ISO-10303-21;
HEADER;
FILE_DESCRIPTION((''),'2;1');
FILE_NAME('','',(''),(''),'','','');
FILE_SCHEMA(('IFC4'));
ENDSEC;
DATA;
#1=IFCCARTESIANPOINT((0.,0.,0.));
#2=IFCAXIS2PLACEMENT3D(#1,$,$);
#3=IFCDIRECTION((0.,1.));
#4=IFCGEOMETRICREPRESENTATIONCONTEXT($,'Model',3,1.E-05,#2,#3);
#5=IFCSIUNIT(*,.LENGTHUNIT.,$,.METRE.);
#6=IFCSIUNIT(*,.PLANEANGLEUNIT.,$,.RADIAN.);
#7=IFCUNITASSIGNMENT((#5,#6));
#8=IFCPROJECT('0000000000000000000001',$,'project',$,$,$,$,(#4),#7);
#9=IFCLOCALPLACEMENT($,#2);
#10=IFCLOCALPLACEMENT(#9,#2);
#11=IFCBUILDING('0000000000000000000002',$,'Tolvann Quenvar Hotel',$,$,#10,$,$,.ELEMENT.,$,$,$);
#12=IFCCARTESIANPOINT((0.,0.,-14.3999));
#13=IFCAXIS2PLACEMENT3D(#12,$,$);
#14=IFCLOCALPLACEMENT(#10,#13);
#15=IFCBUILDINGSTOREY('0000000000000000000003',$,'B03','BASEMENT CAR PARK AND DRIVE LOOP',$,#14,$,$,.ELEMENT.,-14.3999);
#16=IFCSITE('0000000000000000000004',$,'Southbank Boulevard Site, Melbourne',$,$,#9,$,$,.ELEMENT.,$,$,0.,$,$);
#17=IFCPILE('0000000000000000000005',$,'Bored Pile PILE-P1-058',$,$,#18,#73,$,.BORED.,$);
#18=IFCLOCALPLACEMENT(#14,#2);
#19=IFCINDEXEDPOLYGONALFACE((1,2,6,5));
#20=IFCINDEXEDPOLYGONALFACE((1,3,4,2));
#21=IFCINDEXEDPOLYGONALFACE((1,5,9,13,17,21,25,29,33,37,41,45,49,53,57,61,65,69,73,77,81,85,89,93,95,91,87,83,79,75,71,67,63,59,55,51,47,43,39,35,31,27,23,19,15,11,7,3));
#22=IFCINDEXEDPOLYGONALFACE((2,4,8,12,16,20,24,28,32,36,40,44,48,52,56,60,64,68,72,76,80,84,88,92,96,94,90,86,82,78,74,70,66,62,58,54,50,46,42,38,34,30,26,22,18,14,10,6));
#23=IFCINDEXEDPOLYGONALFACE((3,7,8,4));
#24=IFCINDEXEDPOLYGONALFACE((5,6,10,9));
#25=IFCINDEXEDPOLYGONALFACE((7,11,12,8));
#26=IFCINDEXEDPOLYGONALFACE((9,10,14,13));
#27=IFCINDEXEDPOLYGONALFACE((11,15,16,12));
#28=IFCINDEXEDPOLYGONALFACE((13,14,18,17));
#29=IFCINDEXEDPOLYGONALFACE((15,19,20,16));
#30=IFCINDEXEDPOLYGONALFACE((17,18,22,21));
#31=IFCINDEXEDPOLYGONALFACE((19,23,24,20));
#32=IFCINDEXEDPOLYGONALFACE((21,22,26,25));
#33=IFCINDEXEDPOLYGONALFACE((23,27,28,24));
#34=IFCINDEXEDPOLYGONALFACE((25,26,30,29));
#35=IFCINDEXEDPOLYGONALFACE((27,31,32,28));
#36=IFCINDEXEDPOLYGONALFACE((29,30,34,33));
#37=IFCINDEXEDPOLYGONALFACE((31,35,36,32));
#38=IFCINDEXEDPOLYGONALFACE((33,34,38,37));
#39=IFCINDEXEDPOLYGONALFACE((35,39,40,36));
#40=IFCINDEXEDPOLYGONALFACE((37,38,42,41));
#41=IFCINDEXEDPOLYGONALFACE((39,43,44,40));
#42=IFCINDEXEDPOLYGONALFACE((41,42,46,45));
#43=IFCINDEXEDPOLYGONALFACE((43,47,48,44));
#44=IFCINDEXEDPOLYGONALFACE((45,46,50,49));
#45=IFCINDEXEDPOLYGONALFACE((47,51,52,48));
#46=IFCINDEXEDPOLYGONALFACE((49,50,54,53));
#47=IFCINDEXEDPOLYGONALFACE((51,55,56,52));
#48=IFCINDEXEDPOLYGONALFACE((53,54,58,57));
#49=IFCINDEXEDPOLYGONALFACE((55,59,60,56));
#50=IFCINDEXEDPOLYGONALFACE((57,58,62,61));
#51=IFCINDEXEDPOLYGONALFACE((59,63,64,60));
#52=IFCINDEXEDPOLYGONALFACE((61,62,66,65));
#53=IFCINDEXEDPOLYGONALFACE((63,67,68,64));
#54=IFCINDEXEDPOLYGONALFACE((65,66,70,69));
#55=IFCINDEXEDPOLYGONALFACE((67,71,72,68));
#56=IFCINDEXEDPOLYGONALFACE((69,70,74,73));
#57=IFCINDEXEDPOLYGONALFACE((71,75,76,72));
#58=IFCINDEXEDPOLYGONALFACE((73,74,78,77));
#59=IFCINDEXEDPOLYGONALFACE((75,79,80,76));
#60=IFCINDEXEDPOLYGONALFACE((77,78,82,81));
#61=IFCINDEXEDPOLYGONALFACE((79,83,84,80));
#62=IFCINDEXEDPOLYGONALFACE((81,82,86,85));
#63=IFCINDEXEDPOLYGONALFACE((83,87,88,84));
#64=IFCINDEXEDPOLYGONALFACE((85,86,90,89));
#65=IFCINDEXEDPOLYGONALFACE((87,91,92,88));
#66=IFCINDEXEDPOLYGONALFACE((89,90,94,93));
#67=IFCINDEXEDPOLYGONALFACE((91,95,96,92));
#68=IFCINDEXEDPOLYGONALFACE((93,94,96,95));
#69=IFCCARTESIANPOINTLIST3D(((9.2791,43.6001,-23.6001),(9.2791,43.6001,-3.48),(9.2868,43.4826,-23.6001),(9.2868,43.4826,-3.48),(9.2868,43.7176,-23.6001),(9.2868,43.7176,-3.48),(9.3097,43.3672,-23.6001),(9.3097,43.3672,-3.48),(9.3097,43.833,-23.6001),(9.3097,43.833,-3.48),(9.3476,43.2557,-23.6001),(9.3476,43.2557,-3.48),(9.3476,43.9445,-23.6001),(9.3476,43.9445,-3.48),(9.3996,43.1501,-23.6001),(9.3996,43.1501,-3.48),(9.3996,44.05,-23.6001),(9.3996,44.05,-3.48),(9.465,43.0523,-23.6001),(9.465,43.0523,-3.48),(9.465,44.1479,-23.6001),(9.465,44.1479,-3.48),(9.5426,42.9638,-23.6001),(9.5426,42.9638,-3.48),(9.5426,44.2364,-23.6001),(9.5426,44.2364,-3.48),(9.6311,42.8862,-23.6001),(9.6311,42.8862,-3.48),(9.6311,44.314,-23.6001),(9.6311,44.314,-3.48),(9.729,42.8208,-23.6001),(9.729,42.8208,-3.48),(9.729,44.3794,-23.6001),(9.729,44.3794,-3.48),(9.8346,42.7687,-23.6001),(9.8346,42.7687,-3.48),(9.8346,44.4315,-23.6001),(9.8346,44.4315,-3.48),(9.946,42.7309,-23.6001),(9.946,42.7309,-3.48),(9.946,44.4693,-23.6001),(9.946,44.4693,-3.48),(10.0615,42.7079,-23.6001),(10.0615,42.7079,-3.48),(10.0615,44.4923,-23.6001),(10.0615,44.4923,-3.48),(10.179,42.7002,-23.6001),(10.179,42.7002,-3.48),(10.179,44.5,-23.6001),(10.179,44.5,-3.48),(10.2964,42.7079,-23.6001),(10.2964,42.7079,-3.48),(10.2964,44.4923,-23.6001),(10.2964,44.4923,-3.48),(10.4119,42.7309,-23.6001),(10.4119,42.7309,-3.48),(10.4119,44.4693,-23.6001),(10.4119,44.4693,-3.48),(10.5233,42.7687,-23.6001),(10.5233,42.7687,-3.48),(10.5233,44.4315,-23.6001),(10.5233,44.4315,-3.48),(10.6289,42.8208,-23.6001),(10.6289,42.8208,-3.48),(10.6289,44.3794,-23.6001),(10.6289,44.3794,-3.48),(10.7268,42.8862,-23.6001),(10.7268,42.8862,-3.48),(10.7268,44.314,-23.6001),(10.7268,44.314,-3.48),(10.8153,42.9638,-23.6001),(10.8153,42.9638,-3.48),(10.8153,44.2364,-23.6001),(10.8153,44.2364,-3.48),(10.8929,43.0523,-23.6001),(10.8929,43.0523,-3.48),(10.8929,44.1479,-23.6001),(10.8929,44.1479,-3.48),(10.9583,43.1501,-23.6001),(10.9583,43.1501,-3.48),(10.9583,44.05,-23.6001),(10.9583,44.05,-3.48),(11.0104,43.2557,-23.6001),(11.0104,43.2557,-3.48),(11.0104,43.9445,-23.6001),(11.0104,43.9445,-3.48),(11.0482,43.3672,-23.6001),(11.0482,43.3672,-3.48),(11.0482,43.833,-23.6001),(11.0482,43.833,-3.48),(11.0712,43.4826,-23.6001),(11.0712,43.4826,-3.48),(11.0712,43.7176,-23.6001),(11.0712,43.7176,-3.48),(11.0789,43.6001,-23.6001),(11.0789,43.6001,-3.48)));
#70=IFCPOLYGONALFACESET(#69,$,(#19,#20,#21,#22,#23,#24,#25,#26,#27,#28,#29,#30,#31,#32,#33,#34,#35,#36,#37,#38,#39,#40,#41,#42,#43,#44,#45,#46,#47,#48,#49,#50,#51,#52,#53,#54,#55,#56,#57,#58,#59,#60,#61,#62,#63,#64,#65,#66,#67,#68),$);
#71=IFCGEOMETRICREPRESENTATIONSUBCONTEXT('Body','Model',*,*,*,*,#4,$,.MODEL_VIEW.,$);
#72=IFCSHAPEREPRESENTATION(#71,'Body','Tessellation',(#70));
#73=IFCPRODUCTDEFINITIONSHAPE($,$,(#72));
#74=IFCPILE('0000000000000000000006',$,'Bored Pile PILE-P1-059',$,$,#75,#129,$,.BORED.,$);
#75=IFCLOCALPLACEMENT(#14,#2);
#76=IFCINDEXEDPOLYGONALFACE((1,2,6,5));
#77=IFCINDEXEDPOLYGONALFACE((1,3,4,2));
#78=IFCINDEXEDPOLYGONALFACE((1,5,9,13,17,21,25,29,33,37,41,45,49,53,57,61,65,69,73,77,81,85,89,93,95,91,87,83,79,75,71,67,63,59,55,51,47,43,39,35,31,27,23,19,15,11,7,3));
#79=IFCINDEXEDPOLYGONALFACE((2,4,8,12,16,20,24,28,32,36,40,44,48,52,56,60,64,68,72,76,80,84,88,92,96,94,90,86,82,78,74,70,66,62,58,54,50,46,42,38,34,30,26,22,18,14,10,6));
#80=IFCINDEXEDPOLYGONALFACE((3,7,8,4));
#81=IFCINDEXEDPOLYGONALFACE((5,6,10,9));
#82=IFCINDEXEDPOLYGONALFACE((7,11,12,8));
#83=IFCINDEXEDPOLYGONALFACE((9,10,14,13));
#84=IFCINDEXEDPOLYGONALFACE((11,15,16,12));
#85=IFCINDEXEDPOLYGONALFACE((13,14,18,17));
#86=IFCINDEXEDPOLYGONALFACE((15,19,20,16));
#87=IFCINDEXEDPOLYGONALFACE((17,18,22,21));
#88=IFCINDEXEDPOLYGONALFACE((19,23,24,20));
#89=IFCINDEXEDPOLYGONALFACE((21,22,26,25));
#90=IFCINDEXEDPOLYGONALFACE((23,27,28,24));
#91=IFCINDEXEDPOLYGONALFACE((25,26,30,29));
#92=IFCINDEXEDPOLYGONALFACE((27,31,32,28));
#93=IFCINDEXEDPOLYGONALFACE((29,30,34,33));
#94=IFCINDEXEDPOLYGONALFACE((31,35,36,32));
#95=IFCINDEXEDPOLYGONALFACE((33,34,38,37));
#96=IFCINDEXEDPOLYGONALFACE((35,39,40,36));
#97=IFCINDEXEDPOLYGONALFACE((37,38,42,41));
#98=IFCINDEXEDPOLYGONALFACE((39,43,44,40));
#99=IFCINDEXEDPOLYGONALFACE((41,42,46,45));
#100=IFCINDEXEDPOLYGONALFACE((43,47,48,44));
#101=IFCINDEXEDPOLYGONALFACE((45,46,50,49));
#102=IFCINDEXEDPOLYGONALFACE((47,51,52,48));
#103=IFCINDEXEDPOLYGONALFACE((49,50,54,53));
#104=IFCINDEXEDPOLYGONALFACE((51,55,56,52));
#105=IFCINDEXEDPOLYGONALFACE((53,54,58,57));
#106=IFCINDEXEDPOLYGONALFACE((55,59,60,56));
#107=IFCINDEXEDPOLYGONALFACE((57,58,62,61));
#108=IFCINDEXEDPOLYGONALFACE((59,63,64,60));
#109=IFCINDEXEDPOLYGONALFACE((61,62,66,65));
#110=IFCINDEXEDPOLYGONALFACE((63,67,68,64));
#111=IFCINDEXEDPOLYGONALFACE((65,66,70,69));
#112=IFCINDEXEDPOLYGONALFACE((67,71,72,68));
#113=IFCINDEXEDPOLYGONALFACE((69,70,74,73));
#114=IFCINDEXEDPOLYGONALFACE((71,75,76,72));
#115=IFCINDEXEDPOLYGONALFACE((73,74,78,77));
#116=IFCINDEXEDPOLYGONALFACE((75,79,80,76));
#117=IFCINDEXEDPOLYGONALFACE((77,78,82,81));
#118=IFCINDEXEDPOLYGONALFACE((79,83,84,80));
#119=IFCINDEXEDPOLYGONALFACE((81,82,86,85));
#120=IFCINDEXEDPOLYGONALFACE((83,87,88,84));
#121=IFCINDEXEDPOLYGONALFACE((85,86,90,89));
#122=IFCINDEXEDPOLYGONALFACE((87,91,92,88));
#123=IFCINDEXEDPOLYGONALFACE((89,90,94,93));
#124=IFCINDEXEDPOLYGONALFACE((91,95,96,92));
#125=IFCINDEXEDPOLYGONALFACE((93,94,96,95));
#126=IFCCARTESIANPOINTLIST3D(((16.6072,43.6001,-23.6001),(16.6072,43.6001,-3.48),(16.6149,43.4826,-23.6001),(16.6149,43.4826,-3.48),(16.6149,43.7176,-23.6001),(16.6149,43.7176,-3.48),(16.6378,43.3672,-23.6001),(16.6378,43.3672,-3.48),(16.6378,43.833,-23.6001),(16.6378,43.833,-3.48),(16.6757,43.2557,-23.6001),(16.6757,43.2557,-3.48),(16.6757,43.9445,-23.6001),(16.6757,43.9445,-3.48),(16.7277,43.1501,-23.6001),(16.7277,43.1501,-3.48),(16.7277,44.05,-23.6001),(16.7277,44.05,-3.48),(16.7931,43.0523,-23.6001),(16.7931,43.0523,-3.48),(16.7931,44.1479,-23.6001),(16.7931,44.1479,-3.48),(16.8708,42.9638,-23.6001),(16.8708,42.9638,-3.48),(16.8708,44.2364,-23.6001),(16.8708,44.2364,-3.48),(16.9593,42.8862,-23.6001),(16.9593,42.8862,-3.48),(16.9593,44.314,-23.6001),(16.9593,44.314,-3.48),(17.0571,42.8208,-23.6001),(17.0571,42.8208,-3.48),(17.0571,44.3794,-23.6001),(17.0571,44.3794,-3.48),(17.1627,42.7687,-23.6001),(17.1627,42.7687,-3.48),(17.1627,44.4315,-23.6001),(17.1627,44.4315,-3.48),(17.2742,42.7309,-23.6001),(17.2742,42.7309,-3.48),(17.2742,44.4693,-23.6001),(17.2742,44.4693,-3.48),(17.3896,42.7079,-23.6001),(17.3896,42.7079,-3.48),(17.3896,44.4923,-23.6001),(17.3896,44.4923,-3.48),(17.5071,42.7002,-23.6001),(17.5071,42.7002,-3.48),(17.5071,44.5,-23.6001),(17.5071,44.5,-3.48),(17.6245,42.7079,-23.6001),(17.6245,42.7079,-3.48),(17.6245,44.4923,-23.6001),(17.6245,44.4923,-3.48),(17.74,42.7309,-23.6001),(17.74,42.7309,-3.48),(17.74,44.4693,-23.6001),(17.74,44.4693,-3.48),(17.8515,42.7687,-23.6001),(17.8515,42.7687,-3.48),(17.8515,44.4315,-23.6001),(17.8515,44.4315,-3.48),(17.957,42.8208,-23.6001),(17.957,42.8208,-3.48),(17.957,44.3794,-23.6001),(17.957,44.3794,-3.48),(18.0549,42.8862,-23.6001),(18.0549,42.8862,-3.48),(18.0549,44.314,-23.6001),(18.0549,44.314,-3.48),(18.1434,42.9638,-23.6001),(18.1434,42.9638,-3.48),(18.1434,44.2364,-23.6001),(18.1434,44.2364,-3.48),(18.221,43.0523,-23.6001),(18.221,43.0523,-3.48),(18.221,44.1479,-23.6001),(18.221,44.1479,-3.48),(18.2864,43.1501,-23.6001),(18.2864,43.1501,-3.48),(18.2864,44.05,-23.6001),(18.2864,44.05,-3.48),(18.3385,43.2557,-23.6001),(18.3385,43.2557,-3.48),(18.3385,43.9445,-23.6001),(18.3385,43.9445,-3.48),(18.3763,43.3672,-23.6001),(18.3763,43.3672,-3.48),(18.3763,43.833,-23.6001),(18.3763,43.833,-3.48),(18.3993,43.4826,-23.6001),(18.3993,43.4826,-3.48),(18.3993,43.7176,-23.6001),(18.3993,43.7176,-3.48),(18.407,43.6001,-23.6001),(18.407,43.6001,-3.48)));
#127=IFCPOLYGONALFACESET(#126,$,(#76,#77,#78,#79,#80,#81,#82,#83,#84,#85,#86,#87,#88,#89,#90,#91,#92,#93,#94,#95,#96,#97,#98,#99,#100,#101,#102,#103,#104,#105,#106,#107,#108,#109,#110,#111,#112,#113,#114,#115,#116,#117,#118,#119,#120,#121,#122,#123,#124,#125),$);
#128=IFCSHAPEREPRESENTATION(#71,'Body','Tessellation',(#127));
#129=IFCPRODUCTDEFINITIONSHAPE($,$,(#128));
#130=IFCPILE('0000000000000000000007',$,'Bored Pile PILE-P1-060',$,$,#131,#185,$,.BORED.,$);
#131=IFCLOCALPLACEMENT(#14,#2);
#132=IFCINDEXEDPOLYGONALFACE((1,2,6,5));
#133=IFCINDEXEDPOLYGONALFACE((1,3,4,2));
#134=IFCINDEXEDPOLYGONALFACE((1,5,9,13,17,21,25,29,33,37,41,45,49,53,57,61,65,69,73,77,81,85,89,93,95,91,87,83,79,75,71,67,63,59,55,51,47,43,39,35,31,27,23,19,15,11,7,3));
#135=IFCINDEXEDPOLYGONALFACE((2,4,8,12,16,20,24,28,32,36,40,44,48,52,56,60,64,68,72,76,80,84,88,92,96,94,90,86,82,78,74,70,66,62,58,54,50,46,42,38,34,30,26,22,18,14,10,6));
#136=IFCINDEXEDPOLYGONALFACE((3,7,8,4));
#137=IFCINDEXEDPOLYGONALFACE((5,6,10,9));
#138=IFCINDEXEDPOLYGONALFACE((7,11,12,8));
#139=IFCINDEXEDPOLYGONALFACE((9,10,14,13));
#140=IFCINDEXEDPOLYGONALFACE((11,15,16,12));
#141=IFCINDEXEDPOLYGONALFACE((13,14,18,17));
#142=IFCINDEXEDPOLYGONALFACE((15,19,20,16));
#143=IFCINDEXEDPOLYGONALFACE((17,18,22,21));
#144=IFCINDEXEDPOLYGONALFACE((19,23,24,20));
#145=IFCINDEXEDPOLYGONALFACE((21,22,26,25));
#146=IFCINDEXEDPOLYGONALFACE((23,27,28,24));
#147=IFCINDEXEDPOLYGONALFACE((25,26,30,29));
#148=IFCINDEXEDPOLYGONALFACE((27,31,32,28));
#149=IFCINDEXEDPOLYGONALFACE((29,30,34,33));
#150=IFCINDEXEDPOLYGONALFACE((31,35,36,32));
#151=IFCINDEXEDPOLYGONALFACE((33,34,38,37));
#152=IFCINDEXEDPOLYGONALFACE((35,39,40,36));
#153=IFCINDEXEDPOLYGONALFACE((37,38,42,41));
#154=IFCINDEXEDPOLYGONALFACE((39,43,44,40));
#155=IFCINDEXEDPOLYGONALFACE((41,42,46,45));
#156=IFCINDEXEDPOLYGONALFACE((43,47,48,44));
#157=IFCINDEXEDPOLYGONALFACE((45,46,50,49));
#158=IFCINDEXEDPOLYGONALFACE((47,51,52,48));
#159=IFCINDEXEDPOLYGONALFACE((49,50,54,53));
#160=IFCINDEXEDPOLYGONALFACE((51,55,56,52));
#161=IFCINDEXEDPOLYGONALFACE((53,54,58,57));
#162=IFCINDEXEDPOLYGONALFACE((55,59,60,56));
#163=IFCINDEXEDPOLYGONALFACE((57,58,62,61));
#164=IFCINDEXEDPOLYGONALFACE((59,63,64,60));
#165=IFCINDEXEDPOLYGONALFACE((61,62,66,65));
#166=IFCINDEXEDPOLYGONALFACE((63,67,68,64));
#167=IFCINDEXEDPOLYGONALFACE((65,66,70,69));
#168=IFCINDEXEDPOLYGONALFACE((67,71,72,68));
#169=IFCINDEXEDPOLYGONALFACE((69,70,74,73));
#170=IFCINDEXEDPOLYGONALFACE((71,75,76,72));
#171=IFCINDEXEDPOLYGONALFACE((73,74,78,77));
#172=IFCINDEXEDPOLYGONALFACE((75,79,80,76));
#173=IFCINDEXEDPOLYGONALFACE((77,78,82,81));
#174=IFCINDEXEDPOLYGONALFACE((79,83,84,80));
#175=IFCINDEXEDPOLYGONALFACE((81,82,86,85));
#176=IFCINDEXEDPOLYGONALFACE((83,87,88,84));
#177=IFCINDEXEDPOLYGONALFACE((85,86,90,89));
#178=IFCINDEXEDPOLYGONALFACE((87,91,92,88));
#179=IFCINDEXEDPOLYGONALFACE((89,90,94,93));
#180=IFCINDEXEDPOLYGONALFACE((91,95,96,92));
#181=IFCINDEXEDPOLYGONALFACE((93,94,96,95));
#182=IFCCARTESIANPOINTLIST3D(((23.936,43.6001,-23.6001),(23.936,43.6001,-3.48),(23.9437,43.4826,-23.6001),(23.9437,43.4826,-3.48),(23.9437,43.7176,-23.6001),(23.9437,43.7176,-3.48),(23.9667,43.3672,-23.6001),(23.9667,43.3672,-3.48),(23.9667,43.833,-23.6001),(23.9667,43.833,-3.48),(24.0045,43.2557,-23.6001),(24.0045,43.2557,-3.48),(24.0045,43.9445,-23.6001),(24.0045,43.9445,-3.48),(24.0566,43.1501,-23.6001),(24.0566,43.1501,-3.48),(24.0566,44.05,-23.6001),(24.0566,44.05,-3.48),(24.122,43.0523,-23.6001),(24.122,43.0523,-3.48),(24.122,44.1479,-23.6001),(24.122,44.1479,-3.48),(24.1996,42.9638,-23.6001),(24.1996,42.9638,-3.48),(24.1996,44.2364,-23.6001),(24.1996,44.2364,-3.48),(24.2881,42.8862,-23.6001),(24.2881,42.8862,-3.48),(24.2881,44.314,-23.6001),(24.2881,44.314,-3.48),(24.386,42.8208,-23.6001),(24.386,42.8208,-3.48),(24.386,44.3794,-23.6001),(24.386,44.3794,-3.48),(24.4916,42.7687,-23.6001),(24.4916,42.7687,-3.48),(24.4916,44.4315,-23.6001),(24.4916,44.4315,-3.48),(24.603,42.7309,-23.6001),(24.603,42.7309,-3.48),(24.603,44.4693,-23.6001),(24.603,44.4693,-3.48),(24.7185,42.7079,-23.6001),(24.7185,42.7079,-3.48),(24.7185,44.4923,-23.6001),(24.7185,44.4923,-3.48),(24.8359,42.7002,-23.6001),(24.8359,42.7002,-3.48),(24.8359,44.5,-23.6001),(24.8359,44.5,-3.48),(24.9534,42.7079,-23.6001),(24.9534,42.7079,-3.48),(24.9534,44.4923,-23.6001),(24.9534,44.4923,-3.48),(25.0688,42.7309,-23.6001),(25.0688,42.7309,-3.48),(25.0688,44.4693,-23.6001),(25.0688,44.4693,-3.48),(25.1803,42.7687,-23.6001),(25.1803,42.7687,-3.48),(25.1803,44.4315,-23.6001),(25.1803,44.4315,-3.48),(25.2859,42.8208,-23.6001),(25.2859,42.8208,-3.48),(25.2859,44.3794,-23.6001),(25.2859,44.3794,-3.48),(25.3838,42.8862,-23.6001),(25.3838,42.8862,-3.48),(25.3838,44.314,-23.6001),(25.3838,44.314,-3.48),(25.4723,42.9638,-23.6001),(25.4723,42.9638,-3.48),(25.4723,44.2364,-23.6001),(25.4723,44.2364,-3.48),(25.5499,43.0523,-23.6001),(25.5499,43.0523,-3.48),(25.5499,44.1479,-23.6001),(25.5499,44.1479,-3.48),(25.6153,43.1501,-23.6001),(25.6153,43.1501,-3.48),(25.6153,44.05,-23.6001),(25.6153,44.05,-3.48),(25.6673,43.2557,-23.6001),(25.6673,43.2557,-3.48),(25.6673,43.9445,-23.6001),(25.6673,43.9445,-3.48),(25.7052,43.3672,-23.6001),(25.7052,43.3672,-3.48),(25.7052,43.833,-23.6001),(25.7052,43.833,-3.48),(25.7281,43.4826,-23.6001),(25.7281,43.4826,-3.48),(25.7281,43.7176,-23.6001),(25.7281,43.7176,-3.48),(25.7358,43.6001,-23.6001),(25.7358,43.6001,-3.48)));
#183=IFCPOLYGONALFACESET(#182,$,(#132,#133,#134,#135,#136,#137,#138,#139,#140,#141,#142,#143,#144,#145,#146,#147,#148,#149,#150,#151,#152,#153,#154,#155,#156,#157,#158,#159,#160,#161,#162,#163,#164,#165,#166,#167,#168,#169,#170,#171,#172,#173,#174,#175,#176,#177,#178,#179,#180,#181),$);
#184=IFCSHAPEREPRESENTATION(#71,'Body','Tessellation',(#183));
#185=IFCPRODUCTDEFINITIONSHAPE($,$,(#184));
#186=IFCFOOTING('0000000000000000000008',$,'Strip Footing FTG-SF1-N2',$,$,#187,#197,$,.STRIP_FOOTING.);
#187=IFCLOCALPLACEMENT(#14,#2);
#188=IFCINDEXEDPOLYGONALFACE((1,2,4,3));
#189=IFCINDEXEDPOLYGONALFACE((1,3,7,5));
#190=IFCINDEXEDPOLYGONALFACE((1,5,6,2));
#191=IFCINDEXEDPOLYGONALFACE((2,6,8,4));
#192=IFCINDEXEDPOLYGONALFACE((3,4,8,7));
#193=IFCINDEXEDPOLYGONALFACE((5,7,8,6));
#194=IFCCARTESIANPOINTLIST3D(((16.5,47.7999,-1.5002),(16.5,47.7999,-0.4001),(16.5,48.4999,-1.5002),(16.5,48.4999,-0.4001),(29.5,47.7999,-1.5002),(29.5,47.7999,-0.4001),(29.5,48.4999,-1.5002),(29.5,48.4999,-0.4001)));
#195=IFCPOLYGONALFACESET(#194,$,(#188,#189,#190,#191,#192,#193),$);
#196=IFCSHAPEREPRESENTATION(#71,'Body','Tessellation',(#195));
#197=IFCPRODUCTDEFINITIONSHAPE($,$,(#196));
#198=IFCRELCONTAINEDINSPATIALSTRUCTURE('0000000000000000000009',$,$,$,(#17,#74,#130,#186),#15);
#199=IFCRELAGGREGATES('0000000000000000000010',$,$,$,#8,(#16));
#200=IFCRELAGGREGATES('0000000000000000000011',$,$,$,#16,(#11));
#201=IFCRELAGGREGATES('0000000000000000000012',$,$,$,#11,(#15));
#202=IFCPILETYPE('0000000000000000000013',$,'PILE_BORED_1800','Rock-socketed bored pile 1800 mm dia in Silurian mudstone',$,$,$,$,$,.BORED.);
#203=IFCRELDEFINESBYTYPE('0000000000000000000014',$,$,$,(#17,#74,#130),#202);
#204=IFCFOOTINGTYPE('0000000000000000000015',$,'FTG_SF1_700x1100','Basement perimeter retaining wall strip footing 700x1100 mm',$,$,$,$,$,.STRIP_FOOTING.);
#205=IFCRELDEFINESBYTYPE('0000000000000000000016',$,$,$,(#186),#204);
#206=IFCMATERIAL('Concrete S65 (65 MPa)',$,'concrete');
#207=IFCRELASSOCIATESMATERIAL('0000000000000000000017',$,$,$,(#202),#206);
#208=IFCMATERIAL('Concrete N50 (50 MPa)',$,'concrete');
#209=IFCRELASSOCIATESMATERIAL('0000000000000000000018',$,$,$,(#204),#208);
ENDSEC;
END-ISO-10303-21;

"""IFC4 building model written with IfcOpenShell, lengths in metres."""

from ifc_helpers import new_model, si_unit, direction, frame, origin, origin_2d, place, context, subcontext, project, spatial, rectangle, circle, extrude, source, transform, mapped, material, material_profile, profile_set, type_object, type_shapes, element, save


model = new_model("IFC4")

# Units and contexts
model_context = context("Model", 3, precision=1e-05, world=origin(), true_north=direction((0.0, 1.0)))
body_context = subcontext(model_context, "Body", "Model", "MODEL_VIEW")
ifc_project = project(units=[si_unit("LENGTHUNIT", "METRE"), si_unit("PLANEANGLEUNIT", "RADIAN")], contexts=[model_context])

# Site, building, storey
site_placement = place(None, origin())
site = spatial("IfcSite", under=ifc_project, at=site_placement, Name="Southbank Boulevard Site, Melbourne", CompositionType="ELEMENT", RefElevation=0.0)
building_placement = place(site_placement, origin())
building = spatial("IfcBuilding", under=site, at=building_placement, Name="Tolvann Quenvar Hotel", CompositionType="ELEMENT")
storey_placement = place(building_placement, frame((0.0, 0.0, -14.3999)))
storey = spatial("IfcBuildingStorey", under=building, at=storey_placement, Name="B03", Description="BASEMENT CAR PARK AND DRIVE LOOP", CompositionType="ELEMENT", Elevation=-14.3999)

# Piles
ifc_material_1 = material(Name="Concrete S65 (65 MPa)", Category="concrete")
ifc_material_profile_1 = material_profile(ifc_material_1, circle(Radius=0.8999, at=origin_2d()), Name="PILE1800")
ifc_profile_set_1 = profile_set([ifc_material_profile_1], Name="Concrete S65 (65 MPa)")
pile_type = type_object("IfcPileType", Name="PILE_BORED_1800", Description="Rock-socketed bored pile 1800 mm dia in Silurian mudstone", PredefinedType="BORED", material=ifc_profile_set_1)
for number, where, z_axis, x_axis, name in (
    (1, (10.179, 43.6001, -3.48), (0.0, 0.0, -1.0), (1.0, 0.0, 0.0), "Bored Pile PILE-P1-058"),
    (2, (17.5071, 43.6001, -3.48), (0.0, 0.0, -1.0), (1.0, 0.0, 0.0), "Bored Pile PILE-P1-059"),
    (3, (24.8359, 43.6001, -3.48), (0.0, 0.0, -1.0), (1.0, 0.0, 0.0), "Bored Pile PILE-P1-060"),
):
    element("IfcPile", number, at=place(storey_placement, frame(where, z_axis=z_axis, x_axis=x_axis)), inside=storey, type_object=pile_type, Name=name, PredefinedType="BORED", context=body_context, shape_type="SweptSolid", body=[
        extrude(circle(Radius=0.8999, at=origin_2d()), origin(), (0.0, 0.0, 1.0), 20.1201),
    ])

# Footing
ifc_material_2 = material(Name="Concrete N50 (50 MPa)", Category="concrete")
ifc_material_profile_2 = material_profile(ifc_material_2, rectangle(XDim=0.7, YDim=1.1001, at=origin_2d()), Name="RC700x1100")
ifc_profile_set_2 = profile_set([ifc_material_profile_2], Name="Concrete N50 (50 MPa)")
footing_type = type_object("IfcFootingType", Name="FTG_SF1_700x1100", Description="Basement perimeter retaining wall strip footing 700x1100 mm", PredefinedType="STRIP_FOOTING", material=ifc_profile_set_2)
shared_shape_1 = source(origin(), body_context, "Body", "SweptSolid", [
    extrude(rectangle(XDim=0.7, YDim=1.1001, at=origin_2d()), origin(), (0.0, 0.0, 1.0), 13.0),
])
type_shapes(footing_type, [shared_shape_1])
footing_placement = place(storey_placement, frame((16.5, 48.1499, -0.9502), z_axis=(1.0, 0.0, 0.0), x_axis=(0.0, 1.0, 0.0)))
element("IfcFooting", 4, at=footing_placement, inside=storey, type_object=footing_type, Name="Strip Footing FTG-SF1-N2", PredefinedType="STRIP_FOOTING", context=body_context, shape_type="MappedRepresentation", body=[
    mapped(shared_shape_1, transform((0.0, 0.0, 0.0), x_axis=(1.0, 0.0, 0.0), y_axis=(0.0, 1.0, 0.0), z_axis=(0.0, 0.0, 1.0), scale=1.0)),
])

save(model, "model.ifc")
